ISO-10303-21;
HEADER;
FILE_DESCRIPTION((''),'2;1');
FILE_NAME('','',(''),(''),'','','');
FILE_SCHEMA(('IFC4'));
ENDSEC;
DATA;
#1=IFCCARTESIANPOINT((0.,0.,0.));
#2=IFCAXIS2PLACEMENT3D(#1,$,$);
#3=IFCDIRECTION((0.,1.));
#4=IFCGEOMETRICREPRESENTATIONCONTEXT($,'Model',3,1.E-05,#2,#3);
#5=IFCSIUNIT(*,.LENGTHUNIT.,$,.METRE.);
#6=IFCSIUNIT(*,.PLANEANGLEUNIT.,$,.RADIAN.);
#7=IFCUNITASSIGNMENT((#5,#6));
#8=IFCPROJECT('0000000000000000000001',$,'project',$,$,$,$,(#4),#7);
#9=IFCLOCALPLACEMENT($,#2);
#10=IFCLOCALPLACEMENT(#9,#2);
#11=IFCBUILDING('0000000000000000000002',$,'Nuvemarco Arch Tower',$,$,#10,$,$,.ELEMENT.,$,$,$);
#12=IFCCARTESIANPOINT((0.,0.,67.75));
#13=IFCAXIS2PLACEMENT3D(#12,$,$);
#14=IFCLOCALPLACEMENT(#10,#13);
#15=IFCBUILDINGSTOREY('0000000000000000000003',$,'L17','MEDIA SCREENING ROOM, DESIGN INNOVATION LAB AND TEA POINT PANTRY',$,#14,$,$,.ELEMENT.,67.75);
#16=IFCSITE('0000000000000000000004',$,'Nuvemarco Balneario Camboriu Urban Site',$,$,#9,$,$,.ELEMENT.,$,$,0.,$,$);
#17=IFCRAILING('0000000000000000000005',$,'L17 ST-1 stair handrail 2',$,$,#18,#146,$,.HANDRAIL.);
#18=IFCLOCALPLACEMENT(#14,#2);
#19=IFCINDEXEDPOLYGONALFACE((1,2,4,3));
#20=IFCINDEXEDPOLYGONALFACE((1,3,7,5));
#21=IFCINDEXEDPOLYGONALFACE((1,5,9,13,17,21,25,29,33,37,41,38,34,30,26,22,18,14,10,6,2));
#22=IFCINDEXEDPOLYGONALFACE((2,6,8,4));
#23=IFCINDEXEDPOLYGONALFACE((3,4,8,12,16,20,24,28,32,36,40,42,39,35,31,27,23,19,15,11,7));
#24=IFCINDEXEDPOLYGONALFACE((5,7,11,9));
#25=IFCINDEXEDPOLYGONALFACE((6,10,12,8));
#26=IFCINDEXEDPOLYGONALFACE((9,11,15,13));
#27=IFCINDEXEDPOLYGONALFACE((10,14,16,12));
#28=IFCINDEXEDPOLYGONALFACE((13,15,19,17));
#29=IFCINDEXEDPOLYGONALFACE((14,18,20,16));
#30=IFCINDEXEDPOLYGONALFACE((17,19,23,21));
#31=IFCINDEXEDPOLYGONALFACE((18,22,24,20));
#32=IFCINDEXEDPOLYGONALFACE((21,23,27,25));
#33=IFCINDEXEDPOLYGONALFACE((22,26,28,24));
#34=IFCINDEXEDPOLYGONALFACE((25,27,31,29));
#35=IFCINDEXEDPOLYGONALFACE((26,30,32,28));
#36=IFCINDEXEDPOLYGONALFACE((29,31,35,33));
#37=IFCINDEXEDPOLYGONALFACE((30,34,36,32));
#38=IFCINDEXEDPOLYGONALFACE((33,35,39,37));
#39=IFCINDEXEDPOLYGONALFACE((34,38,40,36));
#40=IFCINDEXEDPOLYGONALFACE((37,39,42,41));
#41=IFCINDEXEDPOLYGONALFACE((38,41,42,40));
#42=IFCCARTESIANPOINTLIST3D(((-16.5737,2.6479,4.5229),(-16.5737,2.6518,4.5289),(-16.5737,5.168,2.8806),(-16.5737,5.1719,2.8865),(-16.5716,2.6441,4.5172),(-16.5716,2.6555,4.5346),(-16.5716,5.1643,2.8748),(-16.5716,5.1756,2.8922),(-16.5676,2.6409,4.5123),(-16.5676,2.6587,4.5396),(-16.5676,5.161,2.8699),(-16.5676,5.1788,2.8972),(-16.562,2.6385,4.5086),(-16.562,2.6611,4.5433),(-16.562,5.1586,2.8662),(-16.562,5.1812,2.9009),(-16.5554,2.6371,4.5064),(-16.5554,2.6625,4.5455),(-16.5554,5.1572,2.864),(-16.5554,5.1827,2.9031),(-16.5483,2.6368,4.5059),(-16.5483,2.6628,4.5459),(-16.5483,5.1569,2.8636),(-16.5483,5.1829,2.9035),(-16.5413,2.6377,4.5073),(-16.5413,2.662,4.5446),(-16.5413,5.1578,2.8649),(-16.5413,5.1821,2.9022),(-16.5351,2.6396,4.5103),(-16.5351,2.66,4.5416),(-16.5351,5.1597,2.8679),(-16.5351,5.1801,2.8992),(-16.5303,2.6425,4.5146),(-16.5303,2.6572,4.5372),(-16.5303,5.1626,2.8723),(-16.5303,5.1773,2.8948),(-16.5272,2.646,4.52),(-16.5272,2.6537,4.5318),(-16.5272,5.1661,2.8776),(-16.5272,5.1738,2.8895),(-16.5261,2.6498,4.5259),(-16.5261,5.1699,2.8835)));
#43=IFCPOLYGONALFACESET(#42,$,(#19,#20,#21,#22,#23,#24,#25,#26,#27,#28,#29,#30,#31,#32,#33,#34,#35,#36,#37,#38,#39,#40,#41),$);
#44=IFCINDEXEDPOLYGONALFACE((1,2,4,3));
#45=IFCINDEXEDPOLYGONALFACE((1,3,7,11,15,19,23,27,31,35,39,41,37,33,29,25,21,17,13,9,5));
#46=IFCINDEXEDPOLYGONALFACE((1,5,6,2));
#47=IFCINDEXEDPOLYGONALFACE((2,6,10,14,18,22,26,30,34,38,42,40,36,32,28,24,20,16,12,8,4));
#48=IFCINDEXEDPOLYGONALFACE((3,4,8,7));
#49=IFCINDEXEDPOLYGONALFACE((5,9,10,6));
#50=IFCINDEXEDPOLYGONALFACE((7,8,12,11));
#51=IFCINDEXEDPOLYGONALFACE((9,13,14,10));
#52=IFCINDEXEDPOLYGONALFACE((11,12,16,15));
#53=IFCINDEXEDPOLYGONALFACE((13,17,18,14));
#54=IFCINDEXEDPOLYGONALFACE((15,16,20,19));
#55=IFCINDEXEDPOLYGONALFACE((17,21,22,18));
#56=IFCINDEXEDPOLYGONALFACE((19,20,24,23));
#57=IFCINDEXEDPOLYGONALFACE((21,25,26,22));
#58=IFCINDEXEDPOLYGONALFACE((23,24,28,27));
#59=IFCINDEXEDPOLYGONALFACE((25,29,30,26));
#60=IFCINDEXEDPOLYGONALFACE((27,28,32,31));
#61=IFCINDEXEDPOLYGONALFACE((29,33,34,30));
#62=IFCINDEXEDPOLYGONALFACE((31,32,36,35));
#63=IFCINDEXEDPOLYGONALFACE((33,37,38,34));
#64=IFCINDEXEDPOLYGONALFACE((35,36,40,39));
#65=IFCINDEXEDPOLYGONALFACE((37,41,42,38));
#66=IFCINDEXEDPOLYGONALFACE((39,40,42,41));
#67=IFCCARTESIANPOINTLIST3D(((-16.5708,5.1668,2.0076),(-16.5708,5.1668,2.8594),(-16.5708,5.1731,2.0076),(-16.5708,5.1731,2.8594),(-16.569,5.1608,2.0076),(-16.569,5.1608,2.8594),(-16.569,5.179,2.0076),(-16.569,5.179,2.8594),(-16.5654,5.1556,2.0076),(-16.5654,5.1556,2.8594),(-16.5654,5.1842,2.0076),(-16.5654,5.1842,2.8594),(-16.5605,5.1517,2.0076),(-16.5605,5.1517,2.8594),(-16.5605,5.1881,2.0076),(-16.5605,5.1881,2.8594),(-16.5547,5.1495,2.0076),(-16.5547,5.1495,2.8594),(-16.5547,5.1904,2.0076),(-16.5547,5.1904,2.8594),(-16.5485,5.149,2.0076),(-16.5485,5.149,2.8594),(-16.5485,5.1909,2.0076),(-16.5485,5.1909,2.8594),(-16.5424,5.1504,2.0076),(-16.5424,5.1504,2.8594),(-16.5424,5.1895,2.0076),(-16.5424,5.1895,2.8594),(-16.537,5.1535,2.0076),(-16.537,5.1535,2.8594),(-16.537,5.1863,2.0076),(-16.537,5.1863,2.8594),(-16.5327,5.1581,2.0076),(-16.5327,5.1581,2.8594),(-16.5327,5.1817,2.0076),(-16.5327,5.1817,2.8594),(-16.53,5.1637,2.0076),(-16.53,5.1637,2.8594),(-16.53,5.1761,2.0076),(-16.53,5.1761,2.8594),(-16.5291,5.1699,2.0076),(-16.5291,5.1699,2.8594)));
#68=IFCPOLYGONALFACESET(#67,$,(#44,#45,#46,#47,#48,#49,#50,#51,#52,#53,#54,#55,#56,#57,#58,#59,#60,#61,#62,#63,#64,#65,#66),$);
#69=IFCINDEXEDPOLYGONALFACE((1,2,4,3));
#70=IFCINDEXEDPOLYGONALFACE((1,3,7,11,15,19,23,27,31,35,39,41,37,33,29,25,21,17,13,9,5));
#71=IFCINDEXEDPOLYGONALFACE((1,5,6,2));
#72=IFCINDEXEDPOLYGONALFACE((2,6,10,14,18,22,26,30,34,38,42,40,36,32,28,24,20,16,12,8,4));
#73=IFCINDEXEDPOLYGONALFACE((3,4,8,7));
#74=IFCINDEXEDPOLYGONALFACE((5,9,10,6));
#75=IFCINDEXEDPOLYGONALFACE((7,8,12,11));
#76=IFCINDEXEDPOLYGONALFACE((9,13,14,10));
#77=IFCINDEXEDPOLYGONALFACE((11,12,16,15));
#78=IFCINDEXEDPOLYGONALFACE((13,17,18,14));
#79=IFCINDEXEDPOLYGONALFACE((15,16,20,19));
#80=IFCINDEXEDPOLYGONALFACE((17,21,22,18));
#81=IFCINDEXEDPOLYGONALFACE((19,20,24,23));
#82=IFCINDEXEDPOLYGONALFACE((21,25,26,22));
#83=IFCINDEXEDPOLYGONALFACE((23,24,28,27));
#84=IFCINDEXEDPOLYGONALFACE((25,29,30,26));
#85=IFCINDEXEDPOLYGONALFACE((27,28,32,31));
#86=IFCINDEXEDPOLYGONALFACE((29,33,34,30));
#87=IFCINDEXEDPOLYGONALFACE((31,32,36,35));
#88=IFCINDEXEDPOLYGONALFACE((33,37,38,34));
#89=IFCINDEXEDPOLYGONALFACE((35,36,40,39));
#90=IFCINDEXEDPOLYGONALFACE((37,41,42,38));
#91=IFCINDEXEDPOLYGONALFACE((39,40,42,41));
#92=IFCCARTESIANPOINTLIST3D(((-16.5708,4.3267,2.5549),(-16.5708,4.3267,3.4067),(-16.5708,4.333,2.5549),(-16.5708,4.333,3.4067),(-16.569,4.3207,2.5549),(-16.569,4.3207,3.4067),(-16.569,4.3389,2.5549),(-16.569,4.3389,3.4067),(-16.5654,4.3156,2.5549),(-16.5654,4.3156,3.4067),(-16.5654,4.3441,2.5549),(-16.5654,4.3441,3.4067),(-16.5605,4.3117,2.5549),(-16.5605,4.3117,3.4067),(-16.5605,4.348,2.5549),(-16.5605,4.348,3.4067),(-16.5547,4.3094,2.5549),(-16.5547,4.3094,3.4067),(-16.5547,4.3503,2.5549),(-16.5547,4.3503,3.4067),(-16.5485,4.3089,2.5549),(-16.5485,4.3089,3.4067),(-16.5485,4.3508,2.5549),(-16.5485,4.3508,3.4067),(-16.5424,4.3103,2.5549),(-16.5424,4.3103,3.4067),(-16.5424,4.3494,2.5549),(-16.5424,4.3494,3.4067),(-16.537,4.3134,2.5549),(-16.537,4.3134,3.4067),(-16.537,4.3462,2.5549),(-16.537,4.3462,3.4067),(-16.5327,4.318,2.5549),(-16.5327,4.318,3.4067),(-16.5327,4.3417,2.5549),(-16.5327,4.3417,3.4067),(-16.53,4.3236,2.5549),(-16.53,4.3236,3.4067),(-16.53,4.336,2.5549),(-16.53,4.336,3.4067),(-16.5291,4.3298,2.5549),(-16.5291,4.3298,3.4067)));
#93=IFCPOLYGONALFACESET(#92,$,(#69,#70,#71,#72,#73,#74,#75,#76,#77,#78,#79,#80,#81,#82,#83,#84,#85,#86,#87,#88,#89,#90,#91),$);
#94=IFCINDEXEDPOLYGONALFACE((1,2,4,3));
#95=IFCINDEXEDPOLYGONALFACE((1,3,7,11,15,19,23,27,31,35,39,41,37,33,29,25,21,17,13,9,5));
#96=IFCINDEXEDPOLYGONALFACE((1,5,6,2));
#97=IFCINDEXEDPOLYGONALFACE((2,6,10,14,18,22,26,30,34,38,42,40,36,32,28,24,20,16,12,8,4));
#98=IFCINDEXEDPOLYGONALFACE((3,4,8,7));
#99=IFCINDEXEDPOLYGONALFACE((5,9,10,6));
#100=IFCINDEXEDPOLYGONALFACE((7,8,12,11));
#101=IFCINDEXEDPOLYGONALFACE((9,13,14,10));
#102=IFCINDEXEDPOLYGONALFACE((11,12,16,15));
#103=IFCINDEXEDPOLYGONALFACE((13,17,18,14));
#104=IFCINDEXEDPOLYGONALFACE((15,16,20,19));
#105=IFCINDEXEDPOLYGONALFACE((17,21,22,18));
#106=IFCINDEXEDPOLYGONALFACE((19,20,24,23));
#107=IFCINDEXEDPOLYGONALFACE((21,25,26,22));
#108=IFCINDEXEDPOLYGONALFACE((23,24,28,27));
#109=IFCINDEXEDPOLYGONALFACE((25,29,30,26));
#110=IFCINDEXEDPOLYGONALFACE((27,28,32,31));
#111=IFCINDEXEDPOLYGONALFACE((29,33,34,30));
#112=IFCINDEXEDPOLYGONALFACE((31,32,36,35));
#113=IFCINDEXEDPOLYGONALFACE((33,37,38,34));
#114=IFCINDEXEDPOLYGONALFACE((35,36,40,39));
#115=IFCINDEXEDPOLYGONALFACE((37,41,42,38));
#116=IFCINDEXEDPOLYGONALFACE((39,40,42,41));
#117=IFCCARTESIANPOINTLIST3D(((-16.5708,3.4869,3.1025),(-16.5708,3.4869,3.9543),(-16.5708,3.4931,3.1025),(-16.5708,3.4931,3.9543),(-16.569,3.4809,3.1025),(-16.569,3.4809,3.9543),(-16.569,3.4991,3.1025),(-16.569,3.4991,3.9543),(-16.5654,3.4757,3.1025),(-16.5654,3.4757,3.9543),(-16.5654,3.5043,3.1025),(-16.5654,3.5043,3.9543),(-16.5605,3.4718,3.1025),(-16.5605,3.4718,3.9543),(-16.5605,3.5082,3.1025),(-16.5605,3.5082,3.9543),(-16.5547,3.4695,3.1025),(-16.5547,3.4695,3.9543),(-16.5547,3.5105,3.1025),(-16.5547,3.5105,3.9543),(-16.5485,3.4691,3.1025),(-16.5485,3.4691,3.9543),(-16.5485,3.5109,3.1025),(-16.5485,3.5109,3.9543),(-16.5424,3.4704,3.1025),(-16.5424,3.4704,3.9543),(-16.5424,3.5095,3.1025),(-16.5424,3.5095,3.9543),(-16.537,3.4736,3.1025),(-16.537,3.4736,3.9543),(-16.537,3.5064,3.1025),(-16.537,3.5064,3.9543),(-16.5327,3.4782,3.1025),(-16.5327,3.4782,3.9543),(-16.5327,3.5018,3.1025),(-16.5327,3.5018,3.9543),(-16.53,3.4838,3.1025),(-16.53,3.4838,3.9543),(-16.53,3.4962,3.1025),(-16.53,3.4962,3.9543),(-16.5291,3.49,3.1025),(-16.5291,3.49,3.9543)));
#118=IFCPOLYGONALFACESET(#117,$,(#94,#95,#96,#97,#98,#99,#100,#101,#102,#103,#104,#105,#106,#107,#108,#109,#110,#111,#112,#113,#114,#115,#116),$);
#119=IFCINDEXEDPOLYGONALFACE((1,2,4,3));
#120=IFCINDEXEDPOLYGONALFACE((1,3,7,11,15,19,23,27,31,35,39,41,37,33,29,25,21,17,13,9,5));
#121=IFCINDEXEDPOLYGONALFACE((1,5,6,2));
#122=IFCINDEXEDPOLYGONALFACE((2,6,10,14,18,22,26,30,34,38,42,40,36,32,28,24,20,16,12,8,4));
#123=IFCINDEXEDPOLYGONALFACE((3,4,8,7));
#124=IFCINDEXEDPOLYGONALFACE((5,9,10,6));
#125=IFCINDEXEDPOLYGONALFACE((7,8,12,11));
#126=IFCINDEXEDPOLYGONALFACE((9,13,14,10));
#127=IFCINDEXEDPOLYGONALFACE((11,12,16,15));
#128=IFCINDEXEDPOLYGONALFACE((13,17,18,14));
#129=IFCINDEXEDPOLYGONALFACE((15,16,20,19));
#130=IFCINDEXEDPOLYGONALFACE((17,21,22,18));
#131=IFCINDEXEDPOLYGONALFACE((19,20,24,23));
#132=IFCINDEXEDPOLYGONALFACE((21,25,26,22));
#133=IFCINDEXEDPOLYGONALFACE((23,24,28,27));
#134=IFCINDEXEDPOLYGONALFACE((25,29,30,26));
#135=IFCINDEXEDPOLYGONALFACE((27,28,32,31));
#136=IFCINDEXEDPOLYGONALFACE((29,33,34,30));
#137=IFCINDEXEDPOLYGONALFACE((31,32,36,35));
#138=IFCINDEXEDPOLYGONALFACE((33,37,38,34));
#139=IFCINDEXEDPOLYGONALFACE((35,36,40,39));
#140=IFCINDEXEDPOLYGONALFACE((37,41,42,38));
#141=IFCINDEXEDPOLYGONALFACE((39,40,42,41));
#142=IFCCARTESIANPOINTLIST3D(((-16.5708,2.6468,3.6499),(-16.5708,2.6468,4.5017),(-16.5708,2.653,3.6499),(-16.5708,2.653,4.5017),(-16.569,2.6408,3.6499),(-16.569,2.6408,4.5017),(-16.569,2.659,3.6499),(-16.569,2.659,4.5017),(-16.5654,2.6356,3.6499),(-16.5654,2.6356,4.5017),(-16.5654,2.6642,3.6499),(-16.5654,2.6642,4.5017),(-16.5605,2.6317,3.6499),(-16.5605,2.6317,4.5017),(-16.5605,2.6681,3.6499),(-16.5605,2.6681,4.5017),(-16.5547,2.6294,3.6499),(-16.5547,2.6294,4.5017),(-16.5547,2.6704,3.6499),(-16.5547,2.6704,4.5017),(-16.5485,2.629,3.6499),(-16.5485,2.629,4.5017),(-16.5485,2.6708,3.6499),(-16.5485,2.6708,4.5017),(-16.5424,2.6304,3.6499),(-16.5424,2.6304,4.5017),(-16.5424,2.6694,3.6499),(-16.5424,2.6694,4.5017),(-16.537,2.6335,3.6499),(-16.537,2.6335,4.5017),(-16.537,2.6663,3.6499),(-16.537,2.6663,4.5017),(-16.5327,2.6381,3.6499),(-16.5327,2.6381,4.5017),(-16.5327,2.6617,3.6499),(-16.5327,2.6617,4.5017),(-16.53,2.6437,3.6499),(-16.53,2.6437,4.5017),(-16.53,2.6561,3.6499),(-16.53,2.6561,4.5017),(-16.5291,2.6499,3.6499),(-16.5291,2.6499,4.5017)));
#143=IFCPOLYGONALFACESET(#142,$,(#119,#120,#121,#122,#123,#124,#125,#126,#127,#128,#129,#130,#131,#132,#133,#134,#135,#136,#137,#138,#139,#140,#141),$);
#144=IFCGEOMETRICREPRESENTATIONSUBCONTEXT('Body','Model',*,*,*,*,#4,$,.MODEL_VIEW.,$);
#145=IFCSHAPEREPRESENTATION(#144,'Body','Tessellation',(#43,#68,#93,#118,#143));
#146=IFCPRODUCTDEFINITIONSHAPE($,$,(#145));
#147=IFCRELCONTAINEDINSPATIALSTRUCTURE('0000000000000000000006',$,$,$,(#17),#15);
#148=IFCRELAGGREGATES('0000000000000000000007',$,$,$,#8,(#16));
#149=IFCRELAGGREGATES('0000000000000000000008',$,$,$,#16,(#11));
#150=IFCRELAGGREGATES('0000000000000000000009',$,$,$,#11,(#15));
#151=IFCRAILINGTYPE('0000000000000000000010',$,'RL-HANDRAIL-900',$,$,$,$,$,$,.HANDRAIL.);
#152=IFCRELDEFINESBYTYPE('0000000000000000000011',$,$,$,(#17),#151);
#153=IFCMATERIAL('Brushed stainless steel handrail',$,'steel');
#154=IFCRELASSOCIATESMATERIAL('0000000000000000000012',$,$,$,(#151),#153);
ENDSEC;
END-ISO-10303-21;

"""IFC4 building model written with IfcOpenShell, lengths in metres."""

from ifc_helpers import new_model, si_unit, direction, frame, origin, origin_2d, place, context, subcontext, project, spatial, circle, extrude, material, type_object, element, save


model = new_model("IFC4")

# Units and contexts
model_context = context("Model", 3, precision=1e-05, world=origin(), true_north=direction((0.0, 1.0)))
body_context = subcontext(model_context, "Body", "Model", "MODEL_VIEW")
ifc_project = project(units=[si_unit("LENGTHUNIT", "METRE"), si_unit("PLANEANGLEUNIT", "RADIAN")], contexts=[model_context])

# Site, building, storey
site_placement = place(None, origin())
site = spatial("IfcSite", under=ifc_project, at=site_placement, Name="Nuvemarco Balneario Camboriu Urban Site", CompositionType="ELEMENT", RefElevation=0.0)
building_placement = place(site_placement, origin())
building = spatial("IfcBuilding", under=site, at=building_placement, Name="Nuvemarco Arch Tower", CompositionType="ELEMENT")
storey_placement = place(building_placement, frame((0.0, 0.0, 67.75)))
storey = spatial("IfcBuildingStorey", under=building, at=storey_placement, Name="L17", Description="MEDIA SCREENING ROOM, DESIGN INNOVATION LAB AND TEA POINT PANTRY", CompositionType="ELEMENT", Elevation=67.75)

# Railing
ifc_material_1 = material(Name="Brushed stainless steel handrail", Category="steel")
railing_type_1 = type_object("IfcRailingType", Name="RL-HANDRAIL-900", PredefinedType="HANDRAIL", material=ifc_material_1)
railing_1_placement = place(storey_placement, frame((-16.55, 5.1699, 2.0076)))
element("IfcRailing", 1, at=railing_1_placement, inside=storey, type_object=railing_type_1, Name="L17 ST-1 stair handrail 2", PredefinedType="HANDRAIL", context=body_context, shape_type="SweptSolid", body=[
    extrude(circle(Radius=0.0239, at=origin_2d()), frame((0.0, 0.0, 0.876), z_axis=(0.0, -0.837787, 0.545998), x_axis=(1.0, 0.0, 0.0)), (0.0, 0.0, 1.0), 3.0081),
    extrude(circle(Radius=0.021, at=origin_2d()), origin(), (0.0, 0.0, 1.0), 0.8518),
    extrude(circle(Radius=0.021, at=origin_2d()), frame((0.0, -0.8401, 0.5474)), (0.0, 0.0, 1.0), 0.8518),
    extrude(circle(Radius=0.021, at=origin_2d()), frame((0.0, -1.6799, 1.095)), (0.0, 0.0, 1.0), 0.8518),
    extrude(circle(Radius=0.021, at=origin_2d()), frame((0.0, -2.52, 1.6423)), (0.0, 0.0, 1.0), 0.8518),
])

save(model, "model.ifc")
